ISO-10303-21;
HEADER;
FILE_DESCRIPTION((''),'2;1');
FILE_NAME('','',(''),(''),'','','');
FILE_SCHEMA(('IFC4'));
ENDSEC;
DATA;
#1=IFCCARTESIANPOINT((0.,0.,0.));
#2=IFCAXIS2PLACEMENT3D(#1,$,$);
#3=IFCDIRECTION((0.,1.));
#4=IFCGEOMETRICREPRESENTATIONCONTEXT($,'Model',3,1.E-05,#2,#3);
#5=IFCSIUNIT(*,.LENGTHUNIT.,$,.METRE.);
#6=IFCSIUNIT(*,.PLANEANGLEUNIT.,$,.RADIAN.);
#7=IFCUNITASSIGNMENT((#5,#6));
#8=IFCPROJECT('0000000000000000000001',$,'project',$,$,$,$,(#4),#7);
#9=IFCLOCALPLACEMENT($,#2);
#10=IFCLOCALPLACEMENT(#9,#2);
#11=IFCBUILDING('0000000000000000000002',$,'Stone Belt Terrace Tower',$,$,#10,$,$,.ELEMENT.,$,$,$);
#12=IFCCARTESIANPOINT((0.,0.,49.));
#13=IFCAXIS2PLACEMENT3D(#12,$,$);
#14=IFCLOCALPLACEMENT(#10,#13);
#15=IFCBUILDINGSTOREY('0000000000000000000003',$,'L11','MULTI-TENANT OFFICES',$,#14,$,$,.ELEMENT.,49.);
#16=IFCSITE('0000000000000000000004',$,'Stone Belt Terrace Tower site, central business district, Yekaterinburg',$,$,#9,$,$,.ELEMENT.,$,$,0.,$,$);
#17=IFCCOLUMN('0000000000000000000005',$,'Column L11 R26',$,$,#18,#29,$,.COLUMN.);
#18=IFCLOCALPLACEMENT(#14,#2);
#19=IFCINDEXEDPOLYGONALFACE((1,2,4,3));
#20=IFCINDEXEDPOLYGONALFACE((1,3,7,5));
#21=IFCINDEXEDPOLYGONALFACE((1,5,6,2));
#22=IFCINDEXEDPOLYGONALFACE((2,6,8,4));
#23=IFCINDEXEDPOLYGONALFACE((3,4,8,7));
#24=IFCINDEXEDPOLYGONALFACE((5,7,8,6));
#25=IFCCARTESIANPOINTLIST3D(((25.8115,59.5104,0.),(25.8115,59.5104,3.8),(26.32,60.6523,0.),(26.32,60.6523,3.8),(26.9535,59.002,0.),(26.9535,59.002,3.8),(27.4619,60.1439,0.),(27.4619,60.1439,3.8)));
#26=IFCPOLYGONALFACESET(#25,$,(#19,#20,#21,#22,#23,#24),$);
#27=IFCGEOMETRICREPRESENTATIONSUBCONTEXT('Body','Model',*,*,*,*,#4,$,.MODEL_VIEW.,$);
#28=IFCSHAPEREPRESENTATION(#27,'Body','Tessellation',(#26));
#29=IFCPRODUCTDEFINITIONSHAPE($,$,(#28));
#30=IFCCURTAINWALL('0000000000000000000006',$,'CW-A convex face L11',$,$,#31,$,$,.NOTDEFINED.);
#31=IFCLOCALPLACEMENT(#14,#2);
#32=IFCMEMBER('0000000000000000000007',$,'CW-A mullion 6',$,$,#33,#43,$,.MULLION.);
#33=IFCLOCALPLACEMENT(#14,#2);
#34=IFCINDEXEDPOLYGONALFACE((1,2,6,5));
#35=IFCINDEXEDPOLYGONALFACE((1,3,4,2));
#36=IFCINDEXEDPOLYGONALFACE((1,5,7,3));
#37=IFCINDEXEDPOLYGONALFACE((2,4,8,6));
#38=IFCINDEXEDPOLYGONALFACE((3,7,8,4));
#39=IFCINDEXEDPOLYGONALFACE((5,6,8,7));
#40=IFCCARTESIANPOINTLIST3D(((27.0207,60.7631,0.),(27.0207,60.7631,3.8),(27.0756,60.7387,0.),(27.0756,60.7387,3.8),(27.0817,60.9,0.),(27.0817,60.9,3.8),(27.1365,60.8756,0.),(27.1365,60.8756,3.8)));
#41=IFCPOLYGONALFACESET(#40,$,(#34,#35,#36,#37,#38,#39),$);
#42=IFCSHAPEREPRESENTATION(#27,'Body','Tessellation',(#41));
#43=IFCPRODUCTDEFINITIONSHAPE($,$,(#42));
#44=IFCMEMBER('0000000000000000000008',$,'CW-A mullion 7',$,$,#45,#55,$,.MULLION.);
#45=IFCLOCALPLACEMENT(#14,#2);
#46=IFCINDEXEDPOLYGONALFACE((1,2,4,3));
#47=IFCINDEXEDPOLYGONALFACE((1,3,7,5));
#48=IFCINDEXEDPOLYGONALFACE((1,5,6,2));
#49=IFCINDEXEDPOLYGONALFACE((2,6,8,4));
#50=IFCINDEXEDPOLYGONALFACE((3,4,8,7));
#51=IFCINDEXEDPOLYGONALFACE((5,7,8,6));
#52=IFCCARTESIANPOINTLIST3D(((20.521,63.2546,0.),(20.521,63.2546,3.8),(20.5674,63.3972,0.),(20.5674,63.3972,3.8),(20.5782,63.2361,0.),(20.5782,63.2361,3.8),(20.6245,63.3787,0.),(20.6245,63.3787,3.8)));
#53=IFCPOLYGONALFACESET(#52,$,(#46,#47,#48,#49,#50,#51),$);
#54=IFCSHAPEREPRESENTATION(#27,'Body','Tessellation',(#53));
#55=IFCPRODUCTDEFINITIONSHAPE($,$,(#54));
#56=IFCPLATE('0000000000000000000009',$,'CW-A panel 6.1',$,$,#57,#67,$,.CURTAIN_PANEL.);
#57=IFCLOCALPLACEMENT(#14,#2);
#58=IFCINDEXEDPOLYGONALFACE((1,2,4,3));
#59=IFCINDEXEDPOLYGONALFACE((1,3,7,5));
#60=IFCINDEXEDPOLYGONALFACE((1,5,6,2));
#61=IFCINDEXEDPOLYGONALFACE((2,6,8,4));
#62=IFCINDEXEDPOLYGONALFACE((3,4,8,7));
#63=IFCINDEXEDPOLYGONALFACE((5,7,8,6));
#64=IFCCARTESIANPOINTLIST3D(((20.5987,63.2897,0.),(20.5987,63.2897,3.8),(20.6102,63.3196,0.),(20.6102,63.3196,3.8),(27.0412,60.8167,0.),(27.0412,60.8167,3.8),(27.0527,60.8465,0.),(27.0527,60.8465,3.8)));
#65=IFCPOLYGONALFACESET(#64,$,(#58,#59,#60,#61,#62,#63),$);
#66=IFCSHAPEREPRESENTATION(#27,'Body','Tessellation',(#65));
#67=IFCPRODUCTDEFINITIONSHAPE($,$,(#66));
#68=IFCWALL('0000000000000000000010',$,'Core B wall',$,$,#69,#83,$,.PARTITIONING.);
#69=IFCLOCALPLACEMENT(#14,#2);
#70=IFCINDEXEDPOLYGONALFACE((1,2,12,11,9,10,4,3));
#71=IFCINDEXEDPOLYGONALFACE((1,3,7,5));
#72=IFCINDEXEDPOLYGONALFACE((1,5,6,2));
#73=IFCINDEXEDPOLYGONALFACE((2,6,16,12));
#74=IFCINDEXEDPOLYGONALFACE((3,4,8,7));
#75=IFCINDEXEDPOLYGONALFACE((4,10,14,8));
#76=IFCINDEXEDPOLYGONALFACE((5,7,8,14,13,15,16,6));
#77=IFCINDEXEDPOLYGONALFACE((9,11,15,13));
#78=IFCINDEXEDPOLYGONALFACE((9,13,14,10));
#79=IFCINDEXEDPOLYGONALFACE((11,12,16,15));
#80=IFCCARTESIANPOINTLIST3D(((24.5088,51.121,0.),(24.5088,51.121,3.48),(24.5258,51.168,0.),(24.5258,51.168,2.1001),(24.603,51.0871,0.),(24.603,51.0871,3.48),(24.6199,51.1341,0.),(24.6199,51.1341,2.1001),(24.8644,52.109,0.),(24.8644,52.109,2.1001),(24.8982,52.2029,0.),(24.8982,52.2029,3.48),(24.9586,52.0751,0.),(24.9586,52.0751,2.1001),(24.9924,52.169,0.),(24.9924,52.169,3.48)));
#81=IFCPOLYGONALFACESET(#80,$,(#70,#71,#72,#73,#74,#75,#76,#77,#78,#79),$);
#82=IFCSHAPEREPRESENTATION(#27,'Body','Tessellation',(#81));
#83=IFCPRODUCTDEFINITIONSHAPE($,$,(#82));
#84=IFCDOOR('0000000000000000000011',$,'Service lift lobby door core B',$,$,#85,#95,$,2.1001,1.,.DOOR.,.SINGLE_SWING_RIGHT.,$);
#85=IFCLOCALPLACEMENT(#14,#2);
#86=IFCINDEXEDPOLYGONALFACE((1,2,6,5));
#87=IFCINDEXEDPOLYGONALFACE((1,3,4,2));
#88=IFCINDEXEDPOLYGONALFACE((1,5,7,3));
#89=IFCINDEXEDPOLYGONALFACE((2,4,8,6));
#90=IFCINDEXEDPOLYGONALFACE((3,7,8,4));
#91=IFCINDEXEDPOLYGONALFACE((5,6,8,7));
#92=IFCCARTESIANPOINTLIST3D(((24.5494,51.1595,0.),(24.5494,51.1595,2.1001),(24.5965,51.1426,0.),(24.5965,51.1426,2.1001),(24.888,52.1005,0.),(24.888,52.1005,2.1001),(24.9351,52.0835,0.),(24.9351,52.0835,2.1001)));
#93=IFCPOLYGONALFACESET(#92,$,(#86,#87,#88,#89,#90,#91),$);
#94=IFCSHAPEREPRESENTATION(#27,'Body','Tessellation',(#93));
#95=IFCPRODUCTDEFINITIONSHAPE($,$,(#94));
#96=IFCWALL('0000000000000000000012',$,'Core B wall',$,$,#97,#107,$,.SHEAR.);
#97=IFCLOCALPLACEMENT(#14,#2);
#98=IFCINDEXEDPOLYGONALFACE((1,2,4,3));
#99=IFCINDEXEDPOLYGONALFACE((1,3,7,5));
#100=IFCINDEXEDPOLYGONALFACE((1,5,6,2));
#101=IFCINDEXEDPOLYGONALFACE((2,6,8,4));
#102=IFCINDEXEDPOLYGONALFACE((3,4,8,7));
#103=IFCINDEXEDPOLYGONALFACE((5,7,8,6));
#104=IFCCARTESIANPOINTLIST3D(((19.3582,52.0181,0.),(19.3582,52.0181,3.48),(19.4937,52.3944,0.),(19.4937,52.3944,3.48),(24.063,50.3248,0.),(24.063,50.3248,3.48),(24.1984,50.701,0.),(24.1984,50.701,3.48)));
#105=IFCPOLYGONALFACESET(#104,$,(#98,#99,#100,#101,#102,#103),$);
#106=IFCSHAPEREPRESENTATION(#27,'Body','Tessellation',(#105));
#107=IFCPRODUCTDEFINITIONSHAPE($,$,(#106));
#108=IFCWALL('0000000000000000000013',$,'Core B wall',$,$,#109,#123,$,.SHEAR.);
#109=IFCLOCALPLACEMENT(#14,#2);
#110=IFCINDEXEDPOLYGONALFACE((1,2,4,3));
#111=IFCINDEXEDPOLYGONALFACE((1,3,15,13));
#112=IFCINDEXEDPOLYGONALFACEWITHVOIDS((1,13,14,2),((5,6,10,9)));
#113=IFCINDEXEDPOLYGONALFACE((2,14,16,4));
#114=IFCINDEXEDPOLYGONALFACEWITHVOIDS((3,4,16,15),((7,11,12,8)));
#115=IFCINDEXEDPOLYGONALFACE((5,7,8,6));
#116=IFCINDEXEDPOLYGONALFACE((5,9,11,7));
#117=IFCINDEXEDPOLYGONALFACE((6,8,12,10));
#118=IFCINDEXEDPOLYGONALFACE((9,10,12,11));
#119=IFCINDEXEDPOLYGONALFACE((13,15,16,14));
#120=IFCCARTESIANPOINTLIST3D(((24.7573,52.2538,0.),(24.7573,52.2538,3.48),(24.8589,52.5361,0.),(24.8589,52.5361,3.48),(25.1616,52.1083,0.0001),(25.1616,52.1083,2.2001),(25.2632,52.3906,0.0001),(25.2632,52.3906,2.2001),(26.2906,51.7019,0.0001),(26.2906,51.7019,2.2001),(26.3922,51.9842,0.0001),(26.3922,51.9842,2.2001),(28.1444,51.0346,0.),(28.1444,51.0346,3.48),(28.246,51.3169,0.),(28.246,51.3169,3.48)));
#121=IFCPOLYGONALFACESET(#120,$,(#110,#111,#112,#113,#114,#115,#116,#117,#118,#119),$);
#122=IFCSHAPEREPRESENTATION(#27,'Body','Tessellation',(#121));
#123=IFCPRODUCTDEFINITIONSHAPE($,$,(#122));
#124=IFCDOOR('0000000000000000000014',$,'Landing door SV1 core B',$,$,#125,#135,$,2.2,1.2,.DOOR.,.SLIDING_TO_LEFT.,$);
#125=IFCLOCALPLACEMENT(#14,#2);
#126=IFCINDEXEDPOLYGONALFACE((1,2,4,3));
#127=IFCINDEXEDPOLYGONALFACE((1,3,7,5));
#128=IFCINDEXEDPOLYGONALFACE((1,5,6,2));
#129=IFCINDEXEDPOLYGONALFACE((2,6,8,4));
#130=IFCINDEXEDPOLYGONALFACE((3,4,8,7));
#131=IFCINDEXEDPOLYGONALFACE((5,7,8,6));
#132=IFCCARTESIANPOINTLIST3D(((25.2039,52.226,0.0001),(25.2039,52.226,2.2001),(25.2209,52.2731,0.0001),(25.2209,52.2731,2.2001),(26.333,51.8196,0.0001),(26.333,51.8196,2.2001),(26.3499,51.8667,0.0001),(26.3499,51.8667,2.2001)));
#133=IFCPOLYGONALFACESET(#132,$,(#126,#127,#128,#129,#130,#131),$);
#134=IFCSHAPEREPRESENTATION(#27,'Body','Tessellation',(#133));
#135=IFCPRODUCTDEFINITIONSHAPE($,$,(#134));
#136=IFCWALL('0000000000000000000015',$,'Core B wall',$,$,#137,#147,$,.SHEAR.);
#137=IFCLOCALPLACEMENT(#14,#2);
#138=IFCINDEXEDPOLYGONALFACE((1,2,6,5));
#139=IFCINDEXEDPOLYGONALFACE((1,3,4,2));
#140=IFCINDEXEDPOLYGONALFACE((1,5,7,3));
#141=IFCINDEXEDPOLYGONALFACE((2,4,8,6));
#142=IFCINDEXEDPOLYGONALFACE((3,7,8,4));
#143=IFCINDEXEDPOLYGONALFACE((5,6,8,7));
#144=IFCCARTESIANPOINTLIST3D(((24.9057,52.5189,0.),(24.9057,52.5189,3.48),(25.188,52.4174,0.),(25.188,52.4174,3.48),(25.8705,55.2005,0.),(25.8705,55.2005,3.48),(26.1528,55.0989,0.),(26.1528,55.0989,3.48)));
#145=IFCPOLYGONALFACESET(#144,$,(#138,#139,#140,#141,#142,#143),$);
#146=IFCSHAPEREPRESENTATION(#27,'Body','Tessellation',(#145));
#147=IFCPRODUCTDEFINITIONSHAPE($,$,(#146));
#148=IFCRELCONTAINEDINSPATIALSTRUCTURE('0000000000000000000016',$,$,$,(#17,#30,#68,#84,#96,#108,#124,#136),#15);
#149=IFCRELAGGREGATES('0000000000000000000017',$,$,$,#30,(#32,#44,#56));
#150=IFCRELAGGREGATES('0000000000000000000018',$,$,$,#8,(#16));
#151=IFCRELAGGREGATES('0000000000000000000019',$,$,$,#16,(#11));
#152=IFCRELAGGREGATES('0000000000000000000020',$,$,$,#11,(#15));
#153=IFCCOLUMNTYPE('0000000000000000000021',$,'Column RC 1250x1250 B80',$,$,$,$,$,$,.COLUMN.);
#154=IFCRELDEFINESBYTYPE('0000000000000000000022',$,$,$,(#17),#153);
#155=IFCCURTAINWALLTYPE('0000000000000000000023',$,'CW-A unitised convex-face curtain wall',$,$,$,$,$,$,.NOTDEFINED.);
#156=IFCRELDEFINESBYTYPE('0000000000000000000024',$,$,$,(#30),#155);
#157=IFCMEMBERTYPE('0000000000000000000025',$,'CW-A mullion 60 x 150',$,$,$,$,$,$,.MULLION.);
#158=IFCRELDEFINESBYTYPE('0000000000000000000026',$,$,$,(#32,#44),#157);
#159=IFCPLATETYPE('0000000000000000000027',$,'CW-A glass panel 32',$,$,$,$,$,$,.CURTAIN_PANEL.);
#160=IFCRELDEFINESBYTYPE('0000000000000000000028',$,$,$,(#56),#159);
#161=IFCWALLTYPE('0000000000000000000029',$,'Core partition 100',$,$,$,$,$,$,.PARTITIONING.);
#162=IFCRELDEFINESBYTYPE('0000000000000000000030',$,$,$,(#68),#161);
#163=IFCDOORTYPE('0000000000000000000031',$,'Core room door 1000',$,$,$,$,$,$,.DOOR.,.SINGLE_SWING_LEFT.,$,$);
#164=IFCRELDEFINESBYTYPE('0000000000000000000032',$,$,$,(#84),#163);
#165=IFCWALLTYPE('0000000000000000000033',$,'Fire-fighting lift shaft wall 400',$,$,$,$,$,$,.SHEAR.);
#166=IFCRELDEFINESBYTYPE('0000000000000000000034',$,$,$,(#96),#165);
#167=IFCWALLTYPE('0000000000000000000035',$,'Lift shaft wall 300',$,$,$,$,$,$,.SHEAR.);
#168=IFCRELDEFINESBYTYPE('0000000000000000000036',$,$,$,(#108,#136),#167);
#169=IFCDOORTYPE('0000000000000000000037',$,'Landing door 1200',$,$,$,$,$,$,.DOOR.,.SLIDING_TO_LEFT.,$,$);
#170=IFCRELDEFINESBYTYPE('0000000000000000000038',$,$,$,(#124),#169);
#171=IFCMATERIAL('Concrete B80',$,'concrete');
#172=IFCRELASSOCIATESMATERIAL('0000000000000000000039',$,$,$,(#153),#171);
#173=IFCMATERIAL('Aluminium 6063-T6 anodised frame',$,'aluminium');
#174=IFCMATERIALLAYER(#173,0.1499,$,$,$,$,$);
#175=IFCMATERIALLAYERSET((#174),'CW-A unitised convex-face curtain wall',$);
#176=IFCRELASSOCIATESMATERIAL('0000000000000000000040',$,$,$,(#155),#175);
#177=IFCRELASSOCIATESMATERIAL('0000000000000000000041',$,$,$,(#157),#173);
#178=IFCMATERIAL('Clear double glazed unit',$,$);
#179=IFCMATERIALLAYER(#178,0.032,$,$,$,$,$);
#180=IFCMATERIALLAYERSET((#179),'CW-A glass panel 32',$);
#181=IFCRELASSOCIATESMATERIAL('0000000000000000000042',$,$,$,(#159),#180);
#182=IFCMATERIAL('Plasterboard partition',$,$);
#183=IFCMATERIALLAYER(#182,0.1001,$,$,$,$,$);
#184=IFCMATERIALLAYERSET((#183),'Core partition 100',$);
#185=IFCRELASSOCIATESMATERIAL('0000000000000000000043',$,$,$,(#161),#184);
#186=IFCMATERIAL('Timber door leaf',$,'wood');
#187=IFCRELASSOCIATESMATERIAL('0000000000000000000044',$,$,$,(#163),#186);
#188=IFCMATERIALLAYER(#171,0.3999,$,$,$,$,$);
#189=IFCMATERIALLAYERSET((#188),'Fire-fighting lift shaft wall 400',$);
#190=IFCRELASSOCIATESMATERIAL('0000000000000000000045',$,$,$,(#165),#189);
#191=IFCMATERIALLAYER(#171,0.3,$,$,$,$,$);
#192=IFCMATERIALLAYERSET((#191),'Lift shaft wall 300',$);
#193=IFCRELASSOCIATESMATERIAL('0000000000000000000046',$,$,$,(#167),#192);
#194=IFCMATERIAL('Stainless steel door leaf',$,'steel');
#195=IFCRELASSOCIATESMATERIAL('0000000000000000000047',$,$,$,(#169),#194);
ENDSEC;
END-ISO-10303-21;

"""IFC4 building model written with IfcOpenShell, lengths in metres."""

from ifc_helpers import new_model, si_unit, direction, frame, frame_2d, origin, origin_2d, place, context, subcontext, project, spatial, rectangle, extrude, material, layer, layer_set, material_profile, profile_set, type_object, element, fill, aggregate, save


model = new_model("IFC4")

# Units and contexts
model_context = context("Model", 3, precision=1e-05, world=origin(), true_north=direction((0.0, 1.0)))
body_context = subcontext(model_context, "Body", "Model", "MODEL_VIEW")
ifc_project = project(units=[si_unit("LENGTHUNIT", "METRE"), si_unit("PLANEANGLEUNIT", "RADIAN")], contexts=[model_context])

# Site, building, storey
site_placement = place(None, origin())
site = spatial("IfcSite", under=ifc_project, at=site_placement, Name="Stone Belt Terrace Tower site, central business district, Yekaterinburg", CompositionType="ELEMENT", RefElevation=0.0)
building_placement = place(site_placement, origin())
building = spatial("IfcBuilding", under=site, at=building_placement, Name="Stone Belt Terrace Tower", CompositionType="ELEMENT")
storey_placement = place(building_placement, frame((0.0, 0.0, 49.0)))
storey = spatial("IfcBuildingStorey", under=building, at=storey_placement, Name="L11", Description="MULTI-TENANT OFFICES", CompositionType="ELEMENT", Elevation=49.0)

# Column
ifc_material_1 = material(Name="Concrete B80", Category="concrete")
ifc_material_profile_1 = material_profile(ifc_material_1, rectangle(XDim=1.25, YDim=1.25, at=origin_2d()), Name="RC 1250x1250")
ifc_profile_set_1 = profile_set([ifc_material_profile_1], Name="Concrete B80")
column_type = type_object("IfcColumnType", Name="Column RC 1250x1250 B80", PredefinedType="COLUMN", material=ifc_profile_set_1)
column_placement = place(storey_placement, frame((26.6367, 59.8271, 0.0), z_axis=(0.0, 0.0, 1.0), x_axis=(0.913545, -0.406737, 0.0)))
element("IfcColumn", 1, at=column_placement, inside=storey, type_object=column_type, Name="Column L11 R26", PredefinedType="COLUMN", context=body_context, shape_type="SweptSolid", body=[
    extrude(rectangle(XDim=1.25, YDim=1.25, at=origin_2d()), origin(), (0.0, 0.0, 1.0), 3.8),
])

# Curtain wall, members, plate
ifc_material_2 = material(Name="Aluminium 6063-T6 anodised frame", Category="aluminium")
ifc_layer_1 = layer(ifc_material_2, 0.1499)
ifc_layer_set_1 = layer_set([ifc_layer_1], Name="CW-A unitised convex-face curtain wall")
curtain_wall_type = type_object("IfcCurtainWallType", Name="CW-A unitised convex-face curtain wall", PredefinedType="NOTDEFINED", material=ifc_layer_set_1)
curtain_wall_placement = place(storey_placement, origin())
curtain_wall = element("IfcCurtainWall", 2, at=curtain_wall_placement, inside=storey, type_object=curtain_wall_type, Name="CW-A convex face L11", PredefinedType="NOTDEFINED")
ifc_material_profile_2 = material_profile(ifc_material_2, rectangle(XDim=0.1499, YDim=0.0601, at=origin_2d()), Name="Aluminium 6063-T6 60x150")
ifc_profile_set_2 = profile_set([ifc_material_profile_2], Name="Aluminium 6063-T6 anodised frame")
member_type = type_object("IfcMemberType", Name="CW-A mullion 60 x 150", PredefinedType="MULLION", material=ifc_profile_set_2)
member_1_placement = place(storey_placement, frame((27.0786, 60.8193, 0.0), z_axis=(0.0, 0.0, 1.0), x_axis=(-0.406737, -0.913545, 0.0)))
member_1 = element("IfcMember", 3, at=member_1_placement, type_object=member_type, Name="CW-A mullion 6", PredefinedType="MULLION", context=body_context, shape_type="SweptSolid", body=[
    extrude(rectangle(XDim=0.1499, YDim=0.0601, at=origin_2d()), origin(), (0.0, 0.0, 1.0), 3.8),
])
member_2_placement = place(storey_placement, frame((20.5728, 63.3167, 0.0), z_axis=(0.0, 0.0, 1.0), x_axis=(-0.309017, -0.951057, 0.0)))
member_2 = element("IfcMember", 4, at=member_2_placement, type_object=member_type, Name="CW-A mullion 7", PredefinedType="MULLION", context=body_context, shape_type="SweptSolid", body=[
    extrude(rectangle(XDim=0.1499, YDim=0.0601, at=origin_2d()), origin(), (0.0, 0.0, 1.0), 3.8),
])
ifc_material_3 = material(Name="Clear double glazed unit")
ifc_layer_2 = layer(ifc_material_3, 0.032)
ifc_layer_set_2 = layer_set([ifc_layer_2], Name="CW-A glass panel 32")
plate_type = type_object("IfcPlateType", Name="CW-A glass panel 32", PredefinedType="CURTAIN_PANEL", material=ifc_layer_set_2)
plate_placement = place(storey_placement, frame((23.8257, 62.0681, 0.0), z_axis=(0.0, 0.0, 1.0), x_axis=(-0.93358, 0.358368, 0.0)))
plate = element("IfcPlate", 5, at=plate_placement, type_object=plate_type, Name="CW-A panel 6.1", PredefinedType="CURTAIN_PANEL", context=body_context, shape_type="SweptSolid", body=[
    extrude(rectangle(XDim=6.9009, YDim=0.032, at=origin_2d()), origin(), (0.0, 0.0, 1.0), 3.8),
])
aggregate(curtain_wall, [member_1, member_2, plate])

# Wall, opening, door
ifc_material_4 = material(Name="Plasterboard partition")
ifc_layer_3 = layer(ifc_material_4, 0.1001)
ifc_layer_set_3 = layer_set([ifc_layer_3], Name="Core partition 100")
wall_type_1 = type_object("IfcWallType", Name="Core partition 100", PredefinedType="PARTITIONING", material=ifc_layer_set_3)
wall_1_placement = place(storey_placement, frame((24.5559, 51.104, 0.0), z_axis=(0.0, 0.0, 1.0), x_axis=(0.338622, 0.940923, 0.0)))
wall_1 = element("IfcWall", 6, at=wall_1_placement, inside=storey, type_object=wall_type_1, Name="Core B wall", PredefinedType="PARTITIONING", context=body_context, shape_type="SweptSolid", body=[
    extrude(rectangle(XDim=1.1499, YDim=0.1001, at=frame_2d((0.575, 0.0))), origin(), (0.0, 0.0, 1.0), 3.48),
])
opening_1_placement = place(wall_1_placement, frame((0.05, 0.0, 0.0)))
opening_1 = element("IfcOpeningElement", 7, at=opening_1_placement, cuts=wall_1, PredefinedType="OPENING", context=body_context, shape_type="SweptSolid", body=[
    extrude(rectangle(XDim=1.0, YDim=2.1001, at=frame_2d((0.5, 1.05))), frame((0.0, 0.0601, 0.0), z_axis=(0.0, -1.0, 0.0), x_axis=(1.0, 0.0, 0.0)), (0.0, 0.0, 1.0), 0.1201),
])
ifc_material_5 = material(Name="Timber door leaf", Category="wood")
door_type_1 = type_object("IfcDoorType", Name="Core room door 1000", OperationType="SINGLE_SWING_LEFT", PredefinedType="DOOR", material=ifc_material_5)
door_1_placement = place(opening_1_placement, origin())
door_1 = element("IfcDoor", 8, at=door_1_placement, inside=storey, type_object=door_type_1, Name="Service lift lobby door core B", OperationType="SINGLE_SWING_RIGHT", OverallHeight=2.1001, OverallWidth=1.0, PredefinedType="DOOR", context=body_context, shape_type="SweptSolid", body=[
    extrude(rectangle(XDim=1.0, YDim=2.1001, at=frame_2d((0.5, 1.05))), frame((0.0, 0.0249, 0.0), z_axis=(0.0, -1.0, 0.0), x_axis=(1.0, 0.0, 0.0)), (0.0, 0.0, 1.0), 0.05),
])
fill(opening_1, door_1)

# Wall
ifc_layer_4 = layer(ifc_material_1, 0.3999)
ifc_layer_set_4 = layer_set([ifc_layer_4], Name="Fire-fighting lift shaft wall 400")
wall_type_2 = type_object("IfcWallType", Name="Fire-fighting lift shaft wall 400", PredefinedType="SHEAR", material=ifc_layer_set_4)
wall_2_placement = place(storey_placement, frame((24.1306, 50.5129, 0.0), z_axis=(0.0, 0.0, 1.0), x_axis=(-0.940912, 0.338652, 0.0)))
element("IfcWall", 9, at=wall_2_placement, inside=storey, type_object=wall_type_2, Name="Core B wall", PredefinedType="SHEAR", context=body_context, shape_type="SweptSolid", body=[
    extrude(rectangle(XDim=5.0002, YDim=0.3999, at=frame_2d((2.5, 0.0))), origin(), (0.0, 0.0, 1.0), 3.48),
])

# Wall, opening, door
ifc_layer_5 = layer(ifc_material_1, 0.3)
ifc_layer_set_5 = layer_set([ifc_layer_5], Name="Lift shaft wall 300")
wall_type_3 = type_object("IfcWallType", Name="Lift shaft wall 300", PredefinedType="SHEAR", material=ifc_layer_set_5)
wall_3_placement = place(storey_placement, frame((28.1951, 51.1758, 0.0), z_axis=(0.0, 0.0, 1.0), x_axis=(-0.940901, 0.338681, 0.0)))
wall_3 = element("IfcWall", 10, at=wall_3_placement, inside=storey, type_object=wall_type_3, Name="Core B wall", PredefinedType="SHEAR", context=body_context, shape_type="SweptSolid", body=[
    extrude(rectangle(XDim=3.5999, YDim=0.3, at=frame_2d((1.7998, 0.0))), origin(), (0.0, 0.0, 1.0), 3.48),
])
opening_2_placement = place(wall_3_placement, frame((1.97, 0.0, 0.0)))
opening_2 = element("IfcOpeningElement", 11, at=opening_2_placement, cuts=wall_3, PredefinedType="OPENING", context=body_context, shape_type="SweptSolid", body=[
    extrude(rectangle(XDim=1.2, YDim=2.2, at=frame_2d((0.6001, 1.1001))), frame((0.0, 0.1599, 0.0), z_axis=(0.0, -1.0, 0.0), x_axis=(1.0, 0.0, 0.0)), (0.0, 0.0, 1.0), 0.3201),
])
ifc_material_6 = material(Name="Stainless steel door leaf", Category="steel")
door_type_2 = type_object("IfcDoorType", Name="Landing door 1200", OperationType="SLIDING_TO_LEFT", PredefinedType="DOOR", material=ifc_material_6)
door_2_placement = place(opening_2_placement, origin())
door_2 = element("IfcDoor", 12, at=door_2_placement, inside=storey, type_object=door_type_2, Name="Landing door SV1 core B", OperationType="SLIDING_TO_LEFT", OverallHeight=2.2, OverallWidth=1.2, PredefinedType="DOOR", context=body_context, shape_type="SweptSolid", body=[
    extrude(rectangle(XDim=1.2, YDim=2.2, at=frame_2d((0.6001, 1.1001))), frame((0.0, 0.0249, 0.0), z_axis=(0.0, -1.0, 0.0), x_axis=(1.0, 0.0, 0.0)), (0.0, 0.0, 1.0), 0.05),
])
fill(opening_2, door_2)

# Wall
wall_4_placement = place(storey_placement, frame((25.0469, 52.4683, 0.0), z_axis=(0.0, 0.0, 1.0), x_axis=(0.33855, 0.940949, 0.0)))
element("IfcWall", 13, at=wall_4_placement, inside=storey, type_object=wall_type_3, Name="Core B wall", PredefinedType="SHEAR", context=body_context, shape_type="SweptSolid", body=[
    extrude(rectangle(XDim=2.8499, YDim=0.3, at=frame_2d((1.4248, 0.0))), origin(), (0.0, 0.0, 1.0), 3.48),
])

save(model, "model.ifc")
